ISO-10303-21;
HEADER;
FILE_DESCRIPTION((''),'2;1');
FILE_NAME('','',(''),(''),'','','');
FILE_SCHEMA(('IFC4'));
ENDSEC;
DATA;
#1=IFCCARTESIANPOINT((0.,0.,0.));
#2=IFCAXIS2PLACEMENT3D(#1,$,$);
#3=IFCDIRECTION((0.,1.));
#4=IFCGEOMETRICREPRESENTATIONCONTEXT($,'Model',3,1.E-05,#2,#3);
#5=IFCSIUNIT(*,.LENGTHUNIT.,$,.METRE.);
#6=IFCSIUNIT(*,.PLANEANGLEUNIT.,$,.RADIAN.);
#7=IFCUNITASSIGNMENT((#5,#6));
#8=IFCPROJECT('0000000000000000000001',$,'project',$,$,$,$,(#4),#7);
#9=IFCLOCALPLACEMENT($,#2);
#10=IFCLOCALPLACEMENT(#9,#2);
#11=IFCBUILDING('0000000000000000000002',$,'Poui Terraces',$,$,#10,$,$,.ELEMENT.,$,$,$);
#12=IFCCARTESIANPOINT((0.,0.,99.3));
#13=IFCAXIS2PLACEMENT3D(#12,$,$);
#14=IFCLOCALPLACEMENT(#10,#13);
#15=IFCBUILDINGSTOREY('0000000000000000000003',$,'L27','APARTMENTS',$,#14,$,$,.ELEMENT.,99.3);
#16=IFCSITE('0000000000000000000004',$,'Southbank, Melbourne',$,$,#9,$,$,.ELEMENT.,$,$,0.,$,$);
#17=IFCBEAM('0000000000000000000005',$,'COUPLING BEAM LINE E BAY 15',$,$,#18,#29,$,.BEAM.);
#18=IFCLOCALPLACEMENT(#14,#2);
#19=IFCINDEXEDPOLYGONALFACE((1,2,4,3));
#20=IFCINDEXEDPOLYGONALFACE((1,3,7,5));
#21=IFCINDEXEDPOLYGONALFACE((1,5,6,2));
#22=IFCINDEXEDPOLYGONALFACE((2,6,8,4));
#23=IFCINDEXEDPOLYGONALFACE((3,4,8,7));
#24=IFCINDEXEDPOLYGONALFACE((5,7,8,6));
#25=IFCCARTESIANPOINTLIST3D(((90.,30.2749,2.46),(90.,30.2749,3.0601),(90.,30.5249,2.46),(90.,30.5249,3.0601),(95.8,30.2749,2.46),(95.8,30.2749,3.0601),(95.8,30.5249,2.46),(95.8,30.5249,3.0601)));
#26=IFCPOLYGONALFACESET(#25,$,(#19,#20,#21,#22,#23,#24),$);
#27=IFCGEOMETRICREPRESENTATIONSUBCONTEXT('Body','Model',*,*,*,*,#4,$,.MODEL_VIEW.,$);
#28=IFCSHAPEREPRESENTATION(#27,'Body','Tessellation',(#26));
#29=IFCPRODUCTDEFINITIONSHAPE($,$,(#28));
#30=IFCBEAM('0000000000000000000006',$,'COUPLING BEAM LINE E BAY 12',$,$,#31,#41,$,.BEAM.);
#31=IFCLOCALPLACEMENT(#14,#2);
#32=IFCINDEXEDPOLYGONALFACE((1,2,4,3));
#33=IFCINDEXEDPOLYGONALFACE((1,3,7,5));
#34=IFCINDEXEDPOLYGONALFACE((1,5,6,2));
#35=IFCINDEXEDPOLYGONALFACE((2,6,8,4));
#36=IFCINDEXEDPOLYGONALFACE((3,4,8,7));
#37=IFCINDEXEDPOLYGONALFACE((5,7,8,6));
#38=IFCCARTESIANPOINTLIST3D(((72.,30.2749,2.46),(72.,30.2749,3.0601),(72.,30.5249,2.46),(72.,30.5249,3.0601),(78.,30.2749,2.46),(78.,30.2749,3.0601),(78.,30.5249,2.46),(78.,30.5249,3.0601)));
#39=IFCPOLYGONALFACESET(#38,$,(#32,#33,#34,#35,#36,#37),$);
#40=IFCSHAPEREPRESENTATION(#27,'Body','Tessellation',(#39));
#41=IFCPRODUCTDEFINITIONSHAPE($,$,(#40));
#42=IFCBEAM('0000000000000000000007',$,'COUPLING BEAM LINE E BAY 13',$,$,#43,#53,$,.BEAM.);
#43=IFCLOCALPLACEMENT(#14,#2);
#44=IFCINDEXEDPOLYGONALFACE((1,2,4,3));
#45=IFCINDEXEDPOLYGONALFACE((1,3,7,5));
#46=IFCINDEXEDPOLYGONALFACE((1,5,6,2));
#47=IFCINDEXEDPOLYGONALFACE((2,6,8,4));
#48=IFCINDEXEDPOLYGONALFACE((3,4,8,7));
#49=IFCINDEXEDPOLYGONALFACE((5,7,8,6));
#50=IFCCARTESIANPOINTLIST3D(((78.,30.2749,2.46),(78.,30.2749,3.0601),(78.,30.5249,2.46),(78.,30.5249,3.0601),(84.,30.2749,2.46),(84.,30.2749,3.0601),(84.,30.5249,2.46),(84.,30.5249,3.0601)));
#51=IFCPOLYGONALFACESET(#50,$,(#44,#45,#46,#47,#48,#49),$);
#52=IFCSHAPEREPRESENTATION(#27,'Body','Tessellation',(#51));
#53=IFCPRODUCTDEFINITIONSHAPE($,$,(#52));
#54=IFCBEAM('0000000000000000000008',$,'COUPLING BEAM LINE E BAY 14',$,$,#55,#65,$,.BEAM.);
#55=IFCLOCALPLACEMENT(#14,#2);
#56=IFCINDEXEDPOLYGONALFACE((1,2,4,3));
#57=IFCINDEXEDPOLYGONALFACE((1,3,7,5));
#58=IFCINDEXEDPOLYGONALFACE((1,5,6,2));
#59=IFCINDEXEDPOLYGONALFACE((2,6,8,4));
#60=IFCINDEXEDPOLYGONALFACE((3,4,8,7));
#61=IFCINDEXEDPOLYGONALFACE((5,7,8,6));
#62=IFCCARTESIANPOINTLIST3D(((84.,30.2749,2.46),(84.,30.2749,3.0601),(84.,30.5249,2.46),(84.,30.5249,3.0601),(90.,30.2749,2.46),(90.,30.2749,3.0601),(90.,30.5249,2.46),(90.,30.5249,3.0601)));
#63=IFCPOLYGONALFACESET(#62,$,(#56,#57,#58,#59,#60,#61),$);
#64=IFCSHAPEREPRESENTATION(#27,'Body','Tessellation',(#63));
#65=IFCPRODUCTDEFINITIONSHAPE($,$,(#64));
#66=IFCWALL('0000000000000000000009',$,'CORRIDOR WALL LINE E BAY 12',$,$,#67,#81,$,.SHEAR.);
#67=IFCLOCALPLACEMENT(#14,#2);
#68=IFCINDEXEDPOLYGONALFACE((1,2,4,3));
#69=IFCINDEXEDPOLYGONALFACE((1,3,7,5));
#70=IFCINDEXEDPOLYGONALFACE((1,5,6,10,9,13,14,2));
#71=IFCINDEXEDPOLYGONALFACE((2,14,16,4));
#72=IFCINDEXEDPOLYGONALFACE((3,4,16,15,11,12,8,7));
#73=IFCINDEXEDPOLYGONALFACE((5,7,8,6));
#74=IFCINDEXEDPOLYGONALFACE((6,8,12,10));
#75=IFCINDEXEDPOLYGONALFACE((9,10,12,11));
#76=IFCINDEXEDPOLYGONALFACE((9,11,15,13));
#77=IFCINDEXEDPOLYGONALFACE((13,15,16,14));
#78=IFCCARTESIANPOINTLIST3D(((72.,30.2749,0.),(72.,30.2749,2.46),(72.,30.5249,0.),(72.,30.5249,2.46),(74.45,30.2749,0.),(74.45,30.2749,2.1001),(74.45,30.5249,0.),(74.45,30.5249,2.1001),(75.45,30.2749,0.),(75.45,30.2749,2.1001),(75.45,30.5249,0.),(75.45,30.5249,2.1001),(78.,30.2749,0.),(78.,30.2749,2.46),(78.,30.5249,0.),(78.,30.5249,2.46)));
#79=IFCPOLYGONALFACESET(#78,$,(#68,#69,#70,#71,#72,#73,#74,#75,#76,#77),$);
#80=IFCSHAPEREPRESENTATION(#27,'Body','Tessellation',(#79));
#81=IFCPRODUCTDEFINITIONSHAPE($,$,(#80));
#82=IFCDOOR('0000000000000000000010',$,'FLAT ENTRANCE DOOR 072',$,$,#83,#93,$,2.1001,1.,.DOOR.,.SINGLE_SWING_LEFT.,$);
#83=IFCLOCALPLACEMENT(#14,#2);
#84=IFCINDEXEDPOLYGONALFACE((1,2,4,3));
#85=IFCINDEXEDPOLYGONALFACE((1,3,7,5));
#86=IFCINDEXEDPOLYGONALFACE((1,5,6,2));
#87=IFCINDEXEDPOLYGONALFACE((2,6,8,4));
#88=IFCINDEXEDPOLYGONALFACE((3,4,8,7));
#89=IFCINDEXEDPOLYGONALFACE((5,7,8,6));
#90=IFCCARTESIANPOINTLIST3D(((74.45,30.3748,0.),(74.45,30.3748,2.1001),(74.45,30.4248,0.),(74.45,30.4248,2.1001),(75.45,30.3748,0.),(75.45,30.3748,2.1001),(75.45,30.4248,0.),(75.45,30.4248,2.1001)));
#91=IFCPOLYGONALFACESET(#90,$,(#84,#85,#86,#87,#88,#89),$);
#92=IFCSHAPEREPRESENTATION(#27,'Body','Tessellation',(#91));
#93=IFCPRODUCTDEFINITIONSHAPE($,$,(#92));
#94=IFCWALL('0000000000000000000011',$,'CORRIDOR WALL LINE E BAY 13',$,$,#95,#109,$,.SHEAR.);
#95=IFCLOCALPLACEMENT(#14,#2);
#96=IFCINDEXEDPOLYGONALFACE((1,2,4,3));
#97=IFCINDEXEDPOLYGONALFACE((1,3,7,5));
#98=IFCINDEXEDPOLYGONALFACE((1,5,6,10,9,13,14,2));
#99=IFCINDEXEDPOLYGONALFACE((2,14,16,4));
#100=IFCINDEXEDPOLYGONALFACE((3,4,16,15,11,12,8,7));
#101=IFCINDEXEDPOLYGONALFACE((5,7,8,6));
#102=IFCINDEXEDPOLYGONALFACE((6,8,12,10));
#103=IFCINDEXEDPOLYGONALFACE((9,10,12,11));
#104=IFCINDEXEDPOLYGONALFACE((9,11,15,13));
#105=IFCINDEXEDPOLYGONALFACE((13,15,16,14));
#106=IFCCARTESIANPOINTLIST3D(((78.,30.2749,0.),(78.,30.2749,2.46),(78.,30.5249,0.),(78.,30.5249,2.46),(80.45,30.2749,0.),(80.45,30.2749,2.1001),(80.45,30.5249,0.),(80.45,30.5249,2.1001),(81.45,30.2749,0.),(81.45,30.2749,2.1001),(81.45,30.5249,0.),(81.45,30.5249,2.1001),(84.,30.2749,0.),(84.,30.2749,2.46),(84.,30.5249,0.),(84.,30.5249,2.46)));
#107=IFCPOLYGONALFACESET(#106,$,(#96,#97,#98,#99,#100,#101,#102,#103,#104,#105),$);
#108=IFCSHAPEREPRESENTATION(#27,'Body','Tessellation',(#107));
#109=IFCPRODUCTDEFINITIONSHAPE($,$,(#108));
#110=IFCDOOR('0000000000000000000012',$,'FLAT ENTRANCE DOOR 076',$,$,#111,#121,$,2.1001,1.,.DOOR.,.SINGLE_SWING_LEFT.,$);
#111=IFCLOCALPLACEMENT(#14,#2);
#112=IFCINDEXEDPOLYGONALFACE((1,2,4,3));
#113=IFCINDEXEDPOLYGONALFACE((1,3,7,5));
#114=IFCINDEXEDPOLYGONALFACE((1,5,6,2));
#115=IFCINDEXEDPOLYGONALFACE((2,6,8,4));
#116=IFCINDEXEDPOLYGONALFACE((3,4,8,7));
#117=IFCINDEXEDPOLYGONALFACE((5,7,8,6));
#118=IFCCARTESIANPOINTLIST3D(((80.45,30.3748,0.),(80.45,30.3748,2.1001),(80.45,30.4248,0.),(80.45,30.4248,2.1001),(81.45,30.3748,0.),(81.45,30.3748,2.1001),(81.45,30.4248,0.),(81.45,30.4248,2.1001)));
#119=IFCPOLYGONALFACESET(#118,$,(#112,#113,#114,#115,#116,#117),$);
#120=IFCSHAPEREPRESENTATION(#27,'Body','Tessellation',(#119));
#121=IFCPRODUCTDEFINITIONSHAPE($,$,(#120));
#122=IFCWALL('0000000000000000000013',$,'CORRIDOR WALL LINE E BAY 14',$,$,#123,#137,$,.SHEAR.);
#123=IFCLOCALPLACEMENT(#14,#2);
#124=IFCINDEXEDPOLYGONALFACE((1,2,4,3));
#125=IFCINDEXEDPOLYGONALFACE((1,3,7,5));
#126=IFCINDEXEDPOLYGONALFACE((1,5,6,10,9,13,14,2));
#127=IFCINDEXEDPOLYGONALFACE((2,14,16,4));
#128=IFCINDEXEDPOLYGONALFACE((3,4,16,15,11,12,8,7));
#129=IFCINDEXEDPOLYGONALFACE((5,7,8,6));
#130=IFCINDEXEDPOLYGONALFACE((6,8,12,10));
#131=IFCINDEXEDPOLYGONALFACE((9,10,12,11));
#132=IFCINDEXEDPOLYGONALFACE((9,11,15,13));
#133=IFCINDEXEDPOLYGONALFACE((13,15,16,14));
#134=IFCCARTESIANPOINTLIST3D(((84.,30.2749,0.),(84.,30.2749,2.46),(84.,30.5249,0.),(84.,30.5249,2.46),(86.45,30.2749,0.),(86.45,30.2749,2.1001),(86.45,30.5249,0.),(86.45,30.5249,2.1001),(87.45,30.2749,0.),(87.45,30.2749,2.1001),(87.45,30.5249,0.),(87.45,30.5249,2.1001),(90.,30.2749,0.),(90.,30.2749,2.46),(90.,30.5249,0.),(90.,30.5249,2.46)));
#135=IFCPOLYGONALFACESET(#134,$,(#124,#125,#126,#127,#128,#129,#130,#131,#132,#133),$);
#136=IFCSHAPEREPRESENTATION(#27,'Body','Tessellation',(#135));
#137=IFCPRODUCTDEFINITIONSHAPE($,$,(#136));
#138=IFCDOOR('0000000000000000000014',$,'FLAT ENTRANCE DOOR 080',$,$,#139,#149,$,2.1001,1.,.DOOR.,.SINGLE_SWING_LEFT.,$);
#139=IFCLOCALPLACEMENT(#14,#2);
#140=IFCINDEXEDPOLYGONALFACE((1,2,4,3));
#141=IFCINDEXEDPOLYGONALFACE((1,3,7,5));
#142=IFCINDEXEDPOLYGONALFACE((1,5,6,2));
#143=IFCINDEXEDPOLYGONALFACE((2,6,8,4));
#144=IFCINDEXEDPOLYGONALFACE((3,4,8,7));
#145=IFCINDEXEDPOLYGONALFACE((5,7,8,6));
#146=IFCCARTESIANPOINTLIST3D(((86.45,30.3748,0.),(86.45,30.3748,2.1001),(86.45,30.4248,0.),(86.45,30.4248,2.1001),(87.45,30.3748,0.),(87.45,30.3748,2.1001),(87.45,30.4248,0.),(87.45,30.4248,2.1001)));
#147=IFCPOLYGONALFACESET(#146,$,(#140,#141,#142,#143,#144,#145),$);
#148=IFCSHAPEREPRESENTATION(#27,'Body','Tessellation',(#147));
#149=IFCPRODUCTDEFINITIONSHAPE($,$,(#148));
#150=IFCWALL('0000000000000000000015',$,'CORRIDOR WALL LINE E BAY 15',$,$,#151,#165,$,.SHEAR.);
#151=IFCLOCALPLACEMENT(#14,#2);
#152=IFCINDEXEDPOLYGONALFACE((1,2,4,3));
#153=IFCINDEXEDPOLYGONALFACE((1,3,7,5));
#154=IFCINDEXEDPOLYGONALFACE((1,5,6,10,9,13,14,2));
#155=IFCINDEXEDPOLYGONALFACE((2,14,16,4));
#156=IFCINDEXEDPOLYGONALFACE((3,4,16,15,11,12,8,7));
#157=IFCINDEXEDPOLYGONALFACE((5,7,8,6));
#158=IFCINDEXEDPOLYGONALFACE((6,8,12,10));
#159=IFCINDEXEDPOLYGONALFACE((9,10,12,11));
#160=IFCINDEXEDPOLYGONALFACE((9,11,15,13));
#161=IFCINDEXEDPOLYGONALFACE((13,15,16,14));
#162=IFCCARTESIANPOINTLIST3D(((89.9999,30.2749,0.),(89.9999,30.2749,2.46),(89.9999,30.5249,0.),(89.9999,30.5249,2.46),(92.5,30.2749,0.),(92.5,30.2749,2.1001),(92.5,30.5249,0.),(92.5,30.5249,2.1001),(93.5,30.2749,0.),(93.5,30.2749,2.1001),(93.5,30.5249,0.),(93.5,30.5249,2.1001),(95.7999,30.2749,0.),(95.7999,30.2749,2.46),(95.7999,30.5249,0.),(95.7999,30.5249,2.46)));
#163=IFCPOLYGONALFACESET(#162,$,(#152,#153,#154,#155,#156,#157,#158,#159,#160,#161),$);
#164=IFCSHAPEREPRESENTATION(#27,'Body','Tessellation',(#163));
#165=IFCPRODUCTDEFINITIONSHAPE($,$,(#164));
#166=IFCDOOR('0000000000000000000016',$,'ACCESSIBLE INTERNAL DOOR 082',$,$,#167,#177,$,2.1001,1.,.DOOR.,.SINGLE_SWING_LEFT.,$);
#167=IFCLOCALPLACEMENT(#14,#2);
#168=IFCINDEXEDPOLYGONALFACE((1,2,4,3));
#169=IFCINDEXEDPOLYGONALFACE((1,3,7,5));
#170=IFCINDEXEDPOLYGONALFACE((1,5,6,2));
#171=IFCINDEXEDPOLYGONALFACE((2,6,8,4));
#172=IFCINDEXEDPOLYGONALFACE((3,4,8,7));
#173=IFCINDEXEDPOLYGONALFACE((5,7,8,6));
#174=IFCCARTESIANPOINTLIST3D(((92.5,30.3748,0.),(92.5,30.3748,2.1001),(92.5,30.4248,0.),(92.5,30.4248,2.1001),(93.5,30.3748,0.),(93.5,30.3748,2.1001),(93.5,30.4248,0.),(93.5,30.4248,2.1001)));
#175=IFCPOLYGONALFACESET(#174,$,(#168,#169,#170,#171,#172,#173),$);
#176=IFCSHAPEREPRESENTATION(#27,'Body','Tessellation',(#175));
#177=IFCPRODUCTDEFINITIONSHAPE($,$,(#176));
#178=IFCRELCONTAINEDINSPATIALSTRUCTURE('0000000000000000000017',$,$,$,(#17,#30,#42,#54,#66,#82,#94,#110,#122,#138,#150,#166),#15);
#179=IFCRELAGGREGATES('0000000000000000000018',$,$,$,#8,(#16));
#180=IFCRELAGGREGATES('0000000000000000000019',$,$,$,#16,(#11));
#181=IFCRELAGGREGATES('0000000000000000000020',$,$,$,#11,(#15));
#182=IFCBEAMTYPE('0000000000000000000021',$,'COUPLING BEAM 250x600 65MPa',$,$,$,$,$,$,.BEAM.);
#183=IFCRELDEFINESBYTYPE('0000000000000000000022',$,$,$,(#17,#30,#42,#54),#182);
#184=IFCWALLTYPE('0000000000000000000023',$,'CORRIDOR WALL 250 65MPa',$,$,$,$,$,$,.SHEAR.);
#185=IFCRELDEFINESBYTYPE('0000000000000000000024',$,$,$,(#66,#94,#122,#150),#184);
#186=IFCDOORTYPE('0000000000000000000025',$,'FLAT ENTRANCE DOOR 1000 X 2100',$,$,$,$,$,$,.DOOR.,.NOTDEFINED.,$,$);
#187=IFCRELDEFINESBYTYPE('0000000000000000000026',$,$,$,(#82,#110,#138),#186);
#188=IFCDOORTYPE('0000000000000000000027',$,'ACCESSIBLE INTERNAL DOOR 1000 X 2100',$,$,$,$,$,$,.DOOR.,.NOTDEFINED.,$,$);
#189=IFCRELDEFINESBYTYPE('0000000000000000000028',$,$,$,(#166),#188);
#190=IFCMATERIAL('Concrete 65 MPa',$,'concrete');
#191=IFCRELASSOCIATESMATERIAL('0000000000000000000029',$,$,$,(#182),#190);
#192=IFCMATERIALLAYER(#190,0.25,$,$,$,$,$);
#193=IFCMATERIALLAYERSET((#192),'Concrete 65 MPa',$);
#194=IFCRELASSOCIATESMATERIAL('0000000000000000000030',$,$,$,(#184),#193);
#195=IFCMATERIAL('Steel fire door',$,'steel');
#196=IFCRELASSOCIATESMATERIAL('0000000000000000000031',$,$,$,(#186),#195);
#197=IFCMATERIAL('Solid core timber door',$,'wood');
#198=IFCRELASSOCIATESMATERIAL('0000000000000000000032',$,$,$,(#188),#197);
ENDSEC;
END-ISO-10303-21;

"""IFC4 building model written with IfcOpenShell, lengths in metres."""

from ifc_helpers import new_model, si_unit, direction, frame, frame_2d, origin, origin_2d, place, context, subcontext, project, spatial, rectangle, extrude, source, transform, mapped, material, layer, layer_set, material_profile, profile_set, type_object, element, fill, save


model = new_model("IFC4")

# Units and contexts
model_context = context("Model", 3, precision=1e-05, world=origin(), true_north=direction((0.0, 1.0)))
body_context = subcontext(model_context, "Body", "Model", "MODEL_VIEW")
ifc_project = project(units=[si_unit("LENGTHUNIT", "METRE"), si_unit("PLANEANGLEUNIT", "RADIAN")], contexts=[model_context])

# Site, building, storey
site_placement = place(None, origin())
site = spatial("IfcSite", under=ifc_project, at=site_placement, Name="Southbank, Melbourne", CompositionType="ELEMENT", RefElevation=0.0)
building_placement = place(site_placement, origin())
building = spatial("IfcBuilding", under=site, at=building_placement, Name="Poui Terraces", CompositionType="ELEMENT")
storey_placement = place(building_placement, frame((0.0, 0.0, 99.3)))
storey = spatial("IfcBuildingStorey", under=building, at=storey_placement, Name="L27", Description="APARTMENTS", CompositionType="ELEMENT", Elevation=99.3)

# Beams
ifc_material_1 = material(Name="Concrete 65 MPa", Category="concrete")
ifc_material_profile = material_profile(ifc_material_1, rectangle(XDim=0.25, YDim=0.6001, at=origin_2d()), Name="RC 250x600")
ifc_profile_set = profile_set([ifc_material_profile], Name="Concrete 65 MPa")
beam_type = type_object("IfcBeamType", Name="COUPLING BEAM 250x600 65MPa", PredefinedType="BEAM", material=ifc_profile_set)
shared_shape_1 = source(origin(), body_context, "Body", "SweptSolid", [
    extrude(rectangle(XDim=0.25, YDim=0.6001, at=origin_2d()), origin(), (0.0, 0.0, 1.0), 5.8),
])
beam_placement = place(storey_placement, frame((90.0, 30.3999, 2.76), z_axis=(1.0, 0.0, 0.0), x_axis=(0.0, 1.0, 0.0)))
element("IfcBeam", 1, at=beam_placement, inside=storey, type_object=beam_type, Name="COUPLING BEAM LINE E BAY 15", PredefinedType="BEAM", context=body_context, shape_type="MappedRepresentation", body=[
    mapped(shared_shape_1, transform((0.0, 0.0, 0.0))),
])
shared_shape_2 = source(origin(), body_context, "Body", "SweptSolid", [
    extrude(rectangle(XDim=0.25, YDim=0.6001, at=origin_2d()), origin(), (0.0, 0.0, 1.0), 6.0),
])
for number, where, z_axis, x_axis, name in (
    (2, (72.0, 30.3999, 2.76), (1.0, 0.0, 0.0), (0.0, 1.0, 0.0), "COUPLING BEAM LINE E BAY 12"),
    (3, (78.0, 30.3999, 2.76), (1.0, 0.0, 0.0), (0.0, 1.0, 0.0), "COUPLING BEAM LINE E BAY 13"),
    (4, (84.0, 30.3999, 2.76), (1.0, 0.0, 0.0), (0.0, 1.0, 0.0), "COUPLING BEAM LINE E BAY 14"),
):
    element("IfcBeam", number, at=place(storey_placement, frame(where, z_axis=z_axis, x_axis=x_axis)), inside=storey, type_object=beam_type, Name=name, PredefinedType="BEAM", context=body_context, shape_type="MappedRepresentation", body=[
        mapped(shared_shape_2, transform((0.0, 0.0, 0.0))),
    ])

# Walls, openings, doors
ifc_layer_1 = layer(ifc_material_1, 0.25)
ifc_layer_set_1 = layer_set([ifc_layer_1], Name="Concrete 65 MPa")
wall_type_1 = type_object("IfcWallType", Name="CORRIDOR WALL 250 65MPa", PredefinedType="SHEAR", material=ifc_layer_set_1)
wall_1_placement = place(storey_placement, frame((72.0, 30.3999, 0.0), z_axis=(0.0, 0.0, 1.0), x_axis=(1.0, 0.0, 0.0)))
wall_1 = element("IfcWall", 5, at=wall_1_placement, inside=storey, type_object=wall_type_1, Name="CORRIDOR WALL LINE E BAY 12", PredefinedType="SHEAR", context=body_context, shape_type="SweptSolid", body=[
    extrude(rectangle(XDim=6.0, YDim=0.25, at=frame_2d((3.0, 0.0))), origin(), (0.0, 0.0, 1.0), 2.46),
])
opening_1_placement = place(wall_1_placement, frame((2.45, 0.0, 0.0)))
opening_1 = element("IfcOpeningElement", 6, at=opening_1_placement, cuts=wall_1, PredefinedType="OPENING", context=body_context, shape_type="SweptSolid", body=[
    extrude(rectangle(XDim=1.0, YDim=2.1001, at=frame_2d((0.5, 1.05))), frame((0.0, 0.135, 0.0), z_axis=(0.0, -1.0, 0.0), x_axis=(1.0, 0.0, 0.0)), (0.0, 0.0, 1.0), 0.27),
])
ifc_material_2 = material(Name="Steel fire door", Category="steel")
door_type_1 = type_object("IfcDoorType", Name="FLAT ENTRANCE DOOR 1000 X 2100", OperationType="NOTDEFINED", PredefinedType="DOOR", material=ifc_material_2)
door_1_placement = place(opening_1_placement, origin())
door_1 = element("IfcDoor", 7, at=door_1_placement, inside=storey, type_object=door_type_1, Name="FLAT ENTRANCE DOOR 072", OperationType="SINGLE_SWING_LEFT", OverallHeight=2.1001, OverallWidth=1.0, PredefinedType="DOOR", context=body_context, shape_type="SweptSolid", body=[
    extrude(rectangle(XDim=1.0, YDim=2.1001, at=frame_2d((0.5, 1.05))), frame((0.0, 0.0249, 0.0), z_axis=(0.0, -1.0, 0.0), x_axis=(1.0, 0.0, 0.0)), (0.0, 0.0, 1.0), 0.05),
])
fill(opening_1, door_1)
wall_2_placement = place(storey_placement, frame((78.0, 30.3999, 0.0), z_axis=(0.0, 0.0, 1.0), x_axis=(1.0, 0.0, 0.0)))
wall_2 = element("IfcWall", 8, at=wall_2_placement, inside=storey, type_object=wall_type_1, Name="CORRIDOR WALL LINE E BAY 13", PredefinedType="SHEAR", context=body_context, shape_type="SweptSolid", body=[
    extrude(rectangle(XDim=6.0, YDim=0.25, at=frame_2d((3.0, 0.0))), origin(), (0.0, 0.0, 1.0), 2.46),
])
opening_2_placement = place(wall_2_placement, frame((2.45, 0.0, 0.0)))
opening_2 = element("IfcOpeningElement", 9, at=opening_2_placement, cuts=wall_2, PredefinedType="OPENING", context=body_context, shape_type="SweptSolid", body=[
    extrude(rectangle(XDim=1.0, YDim=2.1001, at=frame_2d((0.5, 1.05))), frame((0.0, 0.135, 0.0), z_axis=(0.0, -1.0, 0.0), x_axis=(1.0, 0.0, 0.0)), (0.0, 0.0, 1.0), 0.27),
])
door_2_placement = place(opening_2_placement, origin())
door_2 = element("IfcDoor", 10, at=door_2_placement, inside=storey, type_object=door_type_1, Name="FLAT ENTRANCE DOOR 076", OperationType="SINGLE_SWING_LEFT", OverallHeight=2.1001, OverallWidth=1.0, PredefinedType="DOOR", context=body_context, shape_type="SweptSolid", body=[
    extrude(rectangle(XDim=1.0, YDim=2.1001, at=frame_2d((0.5, 1.05))), frame((0.0, 0.0249, 0.0), z_axis=(0.0, -1.0, 0.0), x_axis=(1.0, 0.0, 0.0)), (0.0, 0.0, 1.0), 0.05),
])
fill(opening_2, door_2)
wall_3_placement = place(storey_placement, frame((84.0, 30.3999, 0.0), z_axis=(0.0, 0.0, 1.0), x_axis=(1.0, 0.0, 0.0)))
wall_3 = element("IfcWall", 11, at=wall_3_placement, inside=storey, type_object=wall_type_1, Name="CORRIDOR WALL LINE E BAY 14", PredefinedType="SHEAR", context=body_context, shape_type="SweptSolid", body=[
    extrude(rectangle(XDim=6.0, YDim=0.25, at=frame_2d((3.0, 0.0))), origin(), (0.0, 0.0, 1.0), 2.46),
])
opening_3_placement = place(wall_3_placement, frame((2.45, 0.0, 0.0)))
opening_3 = element("IfcOpeningElement", 12, at=opening_3_placement, cuts=wall_3, PredefinedType="OPENING", context=body_context, shape_type="SweptSolid", body=[
    extrude(rectangle(XDim=1.0, YDim=2.1001, at=frame_2d((0.5, 1.05))), frame((0.0, 0.135, 0.0), z_axis=(0.0, -1.0, 0.0), x_axis=(1.0, 0.0, 0.0)), (0.0, 0.0, 1.0), 0.27),
])
door_3_placement = place(opening_3_placement, origin())
door_3 = element("IfcDoor", 13, at=door_3_placement, inside=storey, type_object=door_type_1, Name="FLAT ENTRANCE DOOR 080", OperationType="SINGLE_SWING_LEFT", OverallHeight=2.1001, OverallWidth=1.0, PredefinedType="DOOR", context=body_context, shape_type="SweptSolid", body=[
    extrude(rectangle(XDim=1.0, YDim=2.1001, at=frame_2d((0.5, 1.05))), frame((0.0, 0.0249, 0.0), z_axis=(0.0, -1.0, 0.0), x_axis=(1.0, 0.0, 0.0)), (0.0, 0.0, 1.0), 0.05),
])
fill(opening_3, door_3)
wall_4_placement = place(storey_placement, frame((90.0, 30.3999, 0.0), z_axis=(0.0, 0.0, 1.0), x_axis=(1.0, 0.0, 0.0)))
wall_4 = element("IfcWall", 14, at=wall_4_placement, inside=storey, type_object=wall_type_1, Name="CORRIDOR WALL LINE E BAY 15", PredefinedType="SHEAR", context=body_context, shape_type="SweptSolid", body=[
    extrude(rectangle(XDim=5.8, YDim=0.25, at=frame_2d((2.8999, 0.0))), origin(), (0.0, 0.0, 1.0), 2.46),
])
opening_4_placement = place(wall_4_placement, frame((2.5, 0.0, 0.0)))
opening_4 = element("IfcOpeningElement", 15, at=opening_4_placement, cuts=wall_4, PredefinedType="OPENING", context=body_context, shape_type="SweptSolid", body=[
    extrude(rectangle(XDim=1.0, YDim=2.1001, at=frame_2d((0.5, 1.05))), frame((0.0, 0.135, 0.0), z_axis=(0.0, -1.0, 0.0), x_axis=(1.0, 0.0, 0.0)), (0.0, 0.0, 1.0), 0.27),
])
ifc_material_3 = material(Name="Solid core timber door", Category="wood")
door_type_2 = type_object("IfcDoorType", Name="ACCESSIBLE INTERNAL DOOR 1000 X 2100", OperationType="NOTDEFINED", PredefinedType="DOOR", material=ifc_material_3)
door_4_placement = place(opening_4_placement, origin())
door_4 = element("IfcDoor", 16, at=door_4_placement, inside=storey, type_object=door_type_2, Name="ACCESSIBLE INTERNAL DOOR 082", OperationType="SINGLE_SWING_LEFT", OverallHeight=2.1001, OverallWidth=1.0, PredefinedType="DOOR", context=body_context, shape_type="SweptSolid", body=[
    extrude(rectangle(XDim=1.0, YDim=2.1001, at=frame_2d((0.5, 1.05))), frame((0.0, 0.0249, 0.0), z_axis=(0.0, -1.0, 0.0), x_axis=(1.0, 0.0, 0.0)), (0.0, 0.0, 1.0), 0.05),
])
fill(opening_4, door_4)

save(model, "model.ifc")
